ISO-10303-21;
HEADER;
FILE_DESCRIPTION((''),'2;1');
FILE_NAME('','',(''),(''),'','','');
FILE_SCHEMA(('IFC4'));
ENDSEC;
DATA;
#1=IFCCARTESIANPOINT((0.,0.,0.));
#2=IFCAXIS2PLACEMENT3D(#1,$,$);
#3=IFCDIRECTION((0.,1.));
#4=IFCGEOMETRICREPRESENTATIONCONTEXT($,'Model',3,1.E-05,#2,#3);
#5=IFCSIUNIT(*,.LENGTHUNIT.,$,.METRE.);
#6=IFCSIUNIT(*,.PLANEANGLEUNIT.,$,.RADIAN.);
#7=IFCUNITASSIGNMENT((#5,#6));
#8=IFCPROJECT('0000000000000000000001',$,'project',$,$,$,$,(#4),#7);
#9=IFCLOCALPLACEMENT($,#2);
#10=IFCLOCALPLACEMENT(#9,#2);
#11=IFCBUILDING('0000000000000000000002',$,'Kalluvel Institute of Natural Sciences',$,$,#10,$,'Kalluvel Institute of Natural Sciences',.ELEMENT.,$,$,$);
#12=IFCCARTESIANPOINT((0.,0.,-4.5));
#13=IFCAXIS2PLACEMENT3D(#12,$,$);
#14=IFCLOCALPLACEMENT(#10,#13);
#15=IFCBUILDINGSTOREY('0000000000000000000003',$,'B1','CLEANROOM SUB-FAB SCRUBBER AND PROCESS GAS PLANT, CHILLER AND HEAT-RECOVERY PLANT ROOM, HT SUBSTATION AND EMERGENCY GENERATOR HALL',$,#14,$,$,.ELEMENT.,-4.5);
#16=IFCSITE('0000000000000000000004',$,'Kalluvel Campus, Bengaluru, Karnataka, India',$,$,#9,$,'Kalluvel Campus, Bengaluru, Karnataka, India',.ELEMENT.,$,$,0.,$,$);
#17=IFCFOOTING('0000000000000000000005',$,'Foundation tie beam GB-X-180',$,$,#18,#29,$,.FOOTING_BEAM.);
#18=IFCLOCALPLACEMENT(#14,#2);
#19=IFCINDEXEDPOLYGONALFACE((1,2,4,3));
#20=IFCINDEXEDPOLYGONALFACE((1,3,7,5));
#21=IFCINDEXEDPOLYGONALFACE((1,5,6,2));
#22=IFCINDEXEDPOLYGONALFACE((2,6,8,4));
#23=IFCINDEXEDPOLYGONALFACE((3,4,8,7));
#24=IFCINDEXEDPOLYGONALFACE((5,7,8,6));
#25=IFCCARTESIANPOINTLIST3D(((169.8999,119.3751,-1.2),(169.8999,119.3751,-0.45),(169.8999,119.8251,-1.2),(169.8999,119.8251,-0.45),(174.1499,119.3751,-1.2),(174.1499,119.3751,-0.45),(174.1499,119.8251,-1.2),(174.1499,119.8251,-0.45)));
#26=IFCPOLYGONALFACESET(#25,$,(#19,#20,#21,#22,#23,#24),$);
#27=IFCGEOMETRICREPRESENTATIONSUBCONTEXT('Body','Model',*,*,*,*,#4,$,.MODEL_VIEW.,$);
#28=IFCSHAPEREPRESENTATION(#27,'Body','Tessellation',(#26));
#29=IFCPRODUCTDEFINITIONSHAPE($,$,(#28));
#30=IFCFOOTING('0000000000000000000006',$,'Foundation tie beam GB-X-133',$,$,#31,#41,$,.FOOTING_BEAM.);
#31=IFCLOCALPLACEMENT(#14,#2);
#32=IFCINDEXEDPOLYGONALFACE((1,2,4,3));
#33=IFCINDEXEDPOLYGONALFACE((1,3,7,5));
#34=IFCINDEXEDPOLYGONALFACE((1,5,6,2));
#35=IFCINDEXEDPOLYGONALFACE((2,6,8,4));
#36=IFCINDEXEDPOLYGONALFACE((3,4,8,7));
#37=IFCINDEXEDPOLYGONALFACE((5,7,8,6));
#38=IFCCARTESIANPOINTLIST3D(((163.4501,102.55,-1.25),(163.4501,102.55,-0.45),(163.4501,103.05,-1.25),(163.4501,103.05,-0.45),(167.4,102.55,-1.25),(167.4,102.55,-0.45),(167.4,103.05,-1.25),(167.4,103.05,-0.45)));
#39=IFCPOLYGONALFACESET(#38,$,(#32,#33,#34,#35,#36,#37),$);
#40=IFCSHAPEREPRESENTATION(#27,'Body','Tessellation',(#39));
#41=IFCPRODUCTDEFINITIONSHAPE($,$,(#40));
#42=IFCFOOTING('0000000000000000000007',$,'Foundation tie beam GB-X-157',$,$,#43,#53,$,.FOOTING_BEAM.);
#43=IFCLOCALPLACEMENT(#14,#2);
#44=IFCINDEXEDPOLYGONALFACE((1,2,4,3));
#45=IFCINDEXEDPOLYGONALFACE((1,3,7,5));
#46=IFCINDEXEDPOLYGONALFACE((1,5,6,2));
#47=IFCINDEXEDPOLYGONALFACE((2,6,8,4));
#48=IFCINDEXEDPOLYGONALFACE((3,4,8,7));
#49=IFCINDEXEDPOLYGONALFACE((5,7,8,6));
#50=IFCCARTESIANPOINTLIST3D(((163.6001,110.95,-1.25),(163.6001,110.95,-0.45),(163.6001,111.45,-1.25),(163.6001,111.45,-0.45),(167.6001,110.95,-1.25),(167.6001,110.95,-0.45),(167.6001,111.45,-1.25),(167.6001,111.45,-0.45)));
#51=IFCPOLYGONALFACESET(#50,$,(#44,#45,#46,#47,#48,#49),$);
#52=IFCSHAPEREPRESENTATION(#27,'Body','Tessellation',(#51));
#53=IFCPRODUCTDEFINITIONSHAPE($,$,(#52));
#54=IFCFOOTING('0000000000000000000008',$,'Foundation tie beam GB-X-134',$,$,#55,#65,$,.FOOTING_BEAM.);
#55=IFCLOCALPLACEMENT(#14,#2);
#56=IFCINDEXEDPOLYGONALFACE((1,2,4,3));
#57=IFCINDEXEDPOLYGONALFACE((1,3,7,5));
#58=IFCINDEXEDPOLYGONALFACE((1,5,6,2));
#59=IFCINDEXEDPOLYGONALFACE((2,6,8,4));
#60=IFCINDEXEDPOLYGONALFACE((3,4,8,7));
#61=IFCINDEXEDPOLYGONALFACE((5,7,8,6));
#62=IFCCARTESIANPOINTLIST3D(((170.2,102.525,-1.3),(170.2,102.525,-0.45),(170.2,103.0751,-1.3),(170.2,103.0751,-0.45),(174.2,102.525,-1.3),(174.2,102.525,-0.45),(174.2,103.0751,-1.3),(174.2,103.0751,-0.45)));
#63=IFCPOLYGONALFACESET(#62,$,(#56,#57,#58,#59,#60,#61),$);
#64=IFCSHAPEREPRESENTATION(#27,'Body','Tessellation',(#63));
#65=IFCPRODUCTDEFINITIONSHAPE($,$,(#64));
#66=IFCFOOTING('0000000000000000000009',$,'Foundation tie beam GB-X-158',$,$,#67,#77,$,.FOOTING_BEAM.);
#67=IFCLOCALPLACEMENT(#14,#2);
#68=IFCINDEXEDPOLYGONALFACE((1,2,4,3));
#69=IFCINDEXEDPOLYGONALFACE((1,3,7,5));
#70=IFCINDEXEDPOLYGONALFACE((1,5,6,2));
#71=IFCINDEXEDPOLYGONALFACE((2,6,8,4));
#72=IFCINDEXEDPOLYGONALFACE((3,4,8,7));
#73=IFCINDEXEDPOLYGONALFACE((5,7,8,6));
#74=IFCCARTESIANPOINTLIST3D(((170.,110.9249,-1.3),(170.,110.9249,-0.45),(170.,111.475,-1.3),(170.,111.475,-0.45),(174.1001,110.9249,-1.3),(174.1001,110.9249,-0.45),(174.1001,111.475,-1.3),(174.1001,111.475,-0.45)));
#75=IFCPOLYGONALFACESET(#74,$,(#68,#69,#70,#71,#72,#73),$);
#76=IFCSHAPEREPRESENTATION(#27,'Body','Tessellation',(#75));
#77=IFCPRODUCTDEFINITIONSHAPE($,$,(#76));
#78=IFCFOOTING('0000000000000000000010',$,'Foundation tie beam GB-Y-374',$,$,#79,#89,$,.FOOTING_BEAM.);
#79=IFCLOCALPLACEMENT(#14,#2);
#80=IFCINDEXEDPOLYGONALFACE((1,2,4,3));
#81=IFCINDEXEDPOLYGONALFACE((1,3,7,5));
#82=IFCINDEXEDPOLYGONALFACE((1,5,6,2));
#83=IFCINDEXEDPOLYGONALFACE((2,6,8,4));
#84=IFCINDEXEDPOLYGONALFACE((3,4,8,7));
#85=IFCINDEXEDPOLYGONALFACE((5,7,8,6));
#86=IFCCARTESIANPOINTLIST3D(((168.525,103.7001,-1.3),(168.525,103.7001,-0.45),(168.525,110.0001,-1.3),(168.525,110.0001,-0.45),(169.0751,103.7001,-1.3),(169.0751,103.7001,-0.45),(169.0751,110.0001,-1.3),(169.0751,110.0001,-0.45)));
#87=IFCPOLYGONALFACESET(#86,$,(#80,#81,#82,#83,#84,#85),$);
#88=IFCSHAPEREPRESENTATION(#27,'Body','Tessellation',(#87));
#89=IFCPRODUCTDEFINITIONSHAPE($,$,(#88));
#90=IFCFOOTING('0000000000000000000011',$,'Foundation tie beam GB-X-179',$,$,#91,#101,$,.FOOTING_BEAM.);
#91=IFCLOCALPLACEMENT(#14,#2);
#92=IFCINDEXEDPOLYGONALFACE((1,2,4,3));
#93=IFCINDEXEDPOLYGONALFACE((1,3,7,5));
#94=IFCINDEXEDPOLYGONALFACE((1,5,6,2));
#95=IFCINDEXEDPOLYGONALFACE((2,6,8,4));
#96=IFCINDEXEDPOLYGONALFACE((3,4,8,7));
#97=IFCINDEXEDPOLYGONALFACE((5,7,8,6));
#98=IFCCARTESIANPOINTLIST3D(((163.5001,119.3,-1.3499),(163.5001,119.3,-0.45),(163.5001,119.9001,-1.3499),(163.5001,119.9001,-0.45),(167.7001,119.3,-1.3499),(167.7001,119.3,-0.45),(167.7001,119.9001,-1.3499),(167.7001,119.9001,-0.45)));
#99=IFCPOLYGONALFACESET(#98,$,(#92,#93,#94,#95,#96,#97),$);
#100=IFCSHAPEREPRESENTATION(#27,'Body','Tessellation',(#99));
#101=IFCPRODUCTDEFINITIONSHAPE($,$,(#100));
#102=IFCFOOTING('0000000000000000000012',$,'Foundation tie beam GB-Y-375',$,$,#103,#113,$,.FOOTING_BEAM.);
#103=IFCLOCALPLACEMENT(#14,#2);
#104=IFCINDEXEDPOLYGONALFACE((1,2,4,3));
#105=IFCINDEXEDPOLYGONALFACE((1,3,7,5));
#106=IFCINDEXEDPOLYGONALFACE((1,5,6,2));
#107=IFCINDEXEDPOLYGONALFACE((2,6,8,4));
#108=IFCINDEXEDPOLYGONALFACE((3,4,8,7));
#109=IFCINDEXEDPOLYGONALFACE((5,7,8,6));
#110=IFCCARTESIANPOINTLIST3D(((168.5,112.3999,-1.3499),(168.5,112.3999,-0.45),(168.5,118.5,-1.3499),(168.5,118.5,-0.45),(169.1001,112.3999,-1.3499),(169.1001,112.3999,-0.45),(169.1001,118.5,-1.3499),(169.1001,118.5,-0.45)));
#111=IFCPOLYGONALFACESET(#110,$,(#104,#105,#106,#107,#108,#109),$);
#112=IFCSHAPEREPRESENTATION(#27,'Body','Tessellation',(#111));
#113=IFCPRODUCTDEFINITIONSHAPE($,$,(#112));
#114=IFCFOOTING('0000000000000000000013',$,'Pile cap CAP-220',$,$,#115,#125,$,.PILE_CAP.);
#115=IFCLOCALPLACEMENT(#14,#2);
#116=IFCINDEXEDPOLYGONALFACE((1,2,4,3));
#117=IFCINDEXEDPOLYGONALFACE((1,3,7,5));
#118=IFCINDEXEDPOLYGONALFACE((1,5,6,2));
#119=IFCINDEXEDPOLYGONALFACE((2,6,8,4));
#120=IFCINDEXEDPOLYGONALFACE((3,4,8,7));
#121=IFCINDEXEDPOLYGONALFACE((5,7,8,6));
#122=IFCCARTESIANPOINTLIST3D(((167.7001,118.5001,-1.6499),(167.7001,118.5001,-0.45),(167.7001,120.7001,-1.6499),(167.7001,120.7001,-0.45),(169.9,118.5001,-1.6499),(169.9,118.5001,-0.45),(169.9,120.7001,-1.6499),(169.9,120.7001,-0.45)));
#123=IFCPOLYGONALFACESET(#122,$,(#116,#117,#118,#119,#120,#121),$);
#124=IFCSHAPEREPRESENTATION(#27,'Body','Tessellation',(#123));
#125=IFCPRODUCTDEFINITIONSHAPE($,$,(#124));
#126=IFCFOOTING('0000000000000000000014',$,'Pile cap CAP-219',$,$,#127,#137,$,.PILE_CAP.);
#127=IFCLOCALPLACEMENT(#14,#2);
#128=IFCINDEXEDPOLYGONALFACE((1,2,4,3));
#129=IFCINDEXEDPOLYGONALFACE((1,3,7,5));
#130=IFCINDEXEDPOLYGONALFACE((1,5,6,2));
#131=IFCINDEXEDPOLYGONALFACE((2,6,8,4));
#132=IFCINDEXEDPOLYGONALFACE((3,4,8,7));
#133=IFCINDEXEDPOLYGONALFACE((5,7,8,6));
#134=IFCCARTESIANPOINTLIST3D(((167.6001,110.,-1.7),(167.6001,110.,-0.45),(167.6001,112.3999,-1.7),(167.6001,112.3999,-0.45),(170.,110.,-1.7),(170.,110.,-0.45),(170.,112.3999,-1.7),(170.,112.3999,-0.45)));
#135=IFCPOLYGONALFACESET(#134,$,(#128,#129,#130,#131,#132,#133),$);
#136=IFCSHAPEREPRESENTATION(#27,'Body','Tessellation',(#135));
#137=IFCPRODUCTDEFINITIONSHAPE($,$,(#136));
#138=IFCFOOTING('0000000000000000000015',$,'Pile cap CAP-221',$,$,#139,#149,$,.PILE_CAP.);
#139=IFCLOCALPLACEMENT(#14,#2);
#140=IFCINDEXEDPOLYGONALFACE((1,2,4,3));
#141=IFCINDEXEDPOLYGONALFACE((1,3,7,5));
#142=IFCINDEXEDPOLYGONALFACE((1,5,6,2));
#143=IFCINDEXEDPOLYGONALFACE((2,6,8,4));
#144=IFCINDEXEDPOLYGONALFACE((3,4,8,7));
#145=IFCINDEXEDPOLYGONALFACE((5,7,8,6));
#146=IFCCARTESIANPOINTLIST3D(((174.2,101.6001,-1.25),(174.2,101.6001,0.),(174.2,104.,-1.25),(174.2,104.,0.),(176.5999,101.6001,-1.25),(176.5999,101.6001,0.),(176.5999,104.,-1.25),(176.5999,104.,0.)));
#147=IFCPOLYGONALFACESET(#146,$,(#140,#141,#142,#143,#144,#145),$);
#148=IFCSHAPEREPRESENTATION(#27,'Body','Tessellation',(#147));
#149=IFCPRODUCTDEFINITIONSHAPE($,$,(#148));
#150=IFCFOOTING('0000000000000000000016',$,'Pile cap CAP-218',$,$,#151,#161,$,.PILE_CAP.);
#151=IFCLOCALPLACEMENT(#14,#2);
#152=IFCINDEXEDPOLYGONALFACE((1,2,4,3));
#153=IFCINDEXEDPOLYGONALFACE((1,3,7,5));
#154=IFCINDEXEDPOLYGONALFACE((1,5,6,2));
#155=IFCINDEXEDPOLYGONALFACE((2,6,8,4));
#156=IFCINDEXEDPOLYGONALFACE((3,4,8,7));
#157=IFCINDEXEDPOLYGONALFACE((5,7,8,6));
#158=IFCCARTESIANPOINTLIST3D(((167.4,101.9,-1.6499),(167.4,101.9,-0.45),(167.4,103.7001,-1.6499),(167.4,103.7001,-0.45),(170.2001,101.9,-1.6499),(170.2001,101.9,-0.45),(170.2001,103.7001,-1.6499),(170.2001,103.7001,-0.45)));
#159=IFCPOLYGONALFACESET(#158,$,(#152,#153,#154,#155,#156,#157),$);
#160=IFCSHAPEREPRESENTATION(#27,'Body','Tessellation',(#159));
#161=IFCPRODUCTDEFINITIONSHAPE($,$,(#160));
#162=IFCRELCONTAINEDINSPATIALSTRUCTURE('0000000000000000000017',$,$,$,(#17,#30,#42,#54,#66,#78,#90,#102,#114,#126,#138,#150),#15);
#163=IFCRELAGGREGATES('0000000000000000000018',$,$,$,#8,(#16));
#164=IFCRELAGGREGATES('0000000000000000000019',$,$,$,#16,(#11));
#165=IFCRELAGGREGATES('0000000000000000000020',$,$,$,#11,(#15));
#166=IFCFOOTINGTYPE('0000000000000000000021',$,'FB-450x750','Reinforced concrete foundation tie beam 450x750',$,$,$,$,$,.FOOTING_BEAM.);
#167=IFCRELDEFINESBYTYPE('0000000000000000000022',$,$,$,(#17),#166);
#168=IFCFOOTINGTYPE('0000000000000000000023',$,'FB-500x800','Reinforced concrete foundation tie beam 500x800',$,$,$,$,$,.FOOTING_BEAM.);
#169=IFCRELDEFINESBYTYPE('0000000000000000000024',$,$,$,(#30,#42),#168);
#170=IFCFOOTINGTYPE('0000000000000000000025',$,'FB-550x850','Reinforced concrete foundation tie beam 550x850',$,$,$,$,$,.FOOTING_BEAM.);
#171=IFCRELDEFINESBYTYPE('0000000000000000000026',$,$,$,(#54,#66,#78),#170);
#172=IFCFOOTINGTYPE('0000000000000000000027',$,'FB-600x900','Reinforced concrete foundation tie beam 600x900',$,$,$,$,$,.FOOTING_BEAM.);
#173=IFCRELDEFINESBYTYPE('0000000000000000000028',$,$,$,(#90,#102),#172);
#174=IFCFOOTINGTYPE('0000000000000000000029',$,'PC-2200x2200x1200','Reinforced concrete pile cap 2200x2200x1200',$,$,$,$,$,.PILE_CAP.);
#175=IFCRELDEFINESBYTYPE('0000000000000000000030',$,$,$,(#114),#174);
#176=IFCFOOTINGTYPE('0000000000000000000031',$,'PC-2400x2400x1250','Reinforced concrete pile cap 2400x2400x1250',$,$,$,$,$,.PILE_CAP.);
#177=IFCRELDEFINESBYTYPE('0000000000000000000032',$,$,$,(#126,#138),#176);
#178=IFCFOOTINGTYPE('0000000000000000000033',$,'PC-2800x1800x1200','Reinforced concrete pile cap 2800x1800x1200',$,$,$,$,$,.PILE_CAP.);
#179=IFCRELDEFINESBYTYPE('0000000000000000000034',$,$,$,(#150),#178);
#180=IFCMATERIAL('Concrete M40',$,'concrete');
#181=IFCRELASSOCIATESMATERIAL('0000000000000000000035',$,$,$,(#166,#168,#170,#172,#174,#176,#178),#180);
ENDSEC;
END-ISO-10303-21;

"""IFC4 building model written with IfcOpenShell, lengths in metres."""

from ifc_helpers import new_model, si_unit, direction, frame, origin, origin_2d, place, context, subcontext, project, spatial, rectangle, extrude, material, type_object, element, save


model = new_model("IFC4")

# Units and contexts
model_context = context("Model", 3, precision=1e-05, world=origin(), true_north=direction((0.0, 1.0)))
body_context = subcontext(model_context, "Body", "Model", "MODEL_VIEW")
ifc_project = project(units=[si_unit("LENGTHUNIT", "METRE"), si_unit("PLANEANGLEUNIT", "RADIAN")], contexts=[model_context])

# Site, building, storey
site_placement = place(None, origin())
site = spatial("IfcSite", under=ifc_project, at=site_placement, Name="Kalluvel Campus, Bengaluru, Karnataka, India", LongName="Kalluvel Campus, Bengaluru, Karnataka, India", CompositionType="ELEMENT", RefElevation=0.0)
building_placement = place(site_placement, origin())
building = spatial("IfcBuilding", under=site, at=building_placement, Name="Kalluvel Institute of Natural Sciences", LongName="Kalluvel Institute of Natural Sciences", CompositionType="ELEMENT")
storey_placement = place(building_placement, frame((0.0, 0.0, -4.5)))
storey = spatial("IfcBuildingStorey", under=building, at=storey_placement, Name="B1", Description="CLEANROOM SUB-FAB SCRUBBER AND PROCESS GAS PLANT, CHILLER AND HEAT-RECOVERY PLANT ROOM, HT SUBSTATION AND EMERGENCY GENERATOR HALL", CompositionType="ELEMENT", Elevation=-4.5)

# Footings
ifc_material_1 = material(Name="Concrete M40", Category="concrete")
footing_type_1 = type_object("IfcFootingType", Name="FB-450x750", Description="Reinforced concrete foundation tie beam 450x750", PredefinedType="FOOTING_BEAM", material=ifc_material_1)
footing_1_placement = place(storey_placement, frame((172.0249, 119.6001, -1.2), z_axis=(0.0, 0.0, 1.0), x_axis=(1.0, 0.0, 0.0)))
element("IfcFooting", 1, at=footing_1_placement, inside=storey, type_object=footing_type_1, Name="Foundation tie beam GB-X-180", PredefinedType="FOOTING_BEAM", context=body_context, shape_type="SweptSolid", body=[
    extrude(rectangle(XDim=4.25, YDim=0.45, at=origin_2d()), origin(), (0.0, 0.0, 1.0), 0.75),
])
footing_type_2 = type_object("IfcFootingType", Name="FB-500x800", Description="Reinforced concrete foundation tie beam 500x800", PredefinedType="FOOTING_BEAM", material=ifc_material_1)
footing_2_placement = place(storey_placement, frame((165.425, 102.8, -1.25), z_axis=(0.0, 0.0, 1.0), x_axis=(1.0, 0.0, 0.0)))
element("IfcFooting", 2, at=footing_2_placement, inside=storey, type_object=footing_type_2, Name="Foundation tie beam GB-X-133", PredefinedType="FOOTING_BEAM", context=body_context, shape_type="SweptSolid", body=[
    extrude(rectangle(XDim=3.95, YDim=0.5, at=origin_2d()), origin(), (0.0, 0.0, 1.0), 0.8),
])
footing_3_placement = place(storey_placement, frame((165.6001, 111.2, -1.25), z_axis=(0.0, 0.0, 1.0), x_axis=(1.0, 0.0, 0.0)))
element("IfcFooting", 3, at=footing_3_placement, inside=storey, type_object=footing_type_2, Name="Foundation tie beam GB-X-157", PredefinedType="FOOTING_BEAM", context=body_context, shape_type="SweptSolid", body=[
    extrude(rectangle(XDim=4.0, YDim=0.5, at=origin_2d()), origin(), (0.0, 0.0, 1.0), 0.8),
])
footing_type_3 = type_object("IfcFootingType", Name="FB-550x850", Description="Reinforced concrete foundation tie beam 550x850", PredefinedType="FOOTING_BEAM", material=ifc_material_1)
footing_4_placement = place(storey_placement, frame((172.2, 102.8, -1.3), z_axis=(0.0, 0.0, 1.0), x_axis=(1.0, 0.0, 0.0)))
element("IfcFooting", 4, at=footing_4_placement, inside=storey, type_object=footing_type_3, Name="Foundation tie beam GB-X-134", PredefinedType="FOOTING_BEAM", context=body_context, shape_type="SweptSolid", body=[
    extrude(rectangle(XDim=4.0, YDim=0.55, at=origin_2d()), origin(), (0.0, 0.0, 1.0), 0.8501),
])
footing_5_placement = place(storey_placement, frame((172.05, 111.2, -1.3), z_axis=(0.0, 0.0, 1.0), x_axis=(1.0, 0.0, 0.0)))
element("IfcFooting", 5, at=footing_5_placement, inside=storey, type_object=footing_type_3, Name="Foundation tie beam GB-X-158", PredefinedType="FOOTING_BEAM", context=body_context, shape_type="SweptSolid", body=[
    extrude(rectangle(XDim=4.1001, YDim=0.55, at=origin_2d()), origin(), (0.0, 0.0, 1.0), 0.8501),
])
footing_6_placement = place(storey_placement, frame((168.8, 106.8501, -1.3), z_axis=(0.0, 0.0, 1.0), x_axis=(1.0, 0.0, 0.0)))
element("IfcFooting", 6, at=footing_6_placement, inside=storey, type_object=footing_type_3, Name="Foundation tie beam GB-Y-374", PredefinedType="FOOTING_BEAM", context=body_context, shape_type="SweptSolid", body=[
    extrude(rectangle(XDim=0.55, YDim=6.3, at=origin_2d()), origin(), (0.0, 0.0, 1.0), 0.8501),
])
footing_type_4 = type_object("IfcFootingType", Name="FB-600x900", Description="Reinforced concrete foundation tie beam 600x900", PredefinedType="FOOTING_BEAM", material=ifc_material_1)
footing_7_placement = place(storey_placement, frame((165.6001, 119.6001, -1.3499), z_axis=(0.0, 0.0, 1.0), x_axis=(1.0, 0.0, 0.0)))
element("IfcFooting", 7, at=footing_7_placement, inside=storey, type_object=footing_type_4, Name="Foundation tie beam GB-X-179", PredefinedType="FOOTING_BEAM", context=body_context, shape_type="SweptSolid", body=[
    extrude(rectangle(XDim=4.2, YDim=0.6001, at=origin_2d()), origin(), (0.0, 0.0, 1.0), 0.8999),
])
footing_8_placement = place(storey_placement, frame((168.8, 115.45, -1.3499), z_axis=(0.0, 0.0, 1.0), x_axis=(1.0, 0.0, 0.0)))
element("IfcFooting", 8, at=footing_8_placement, inside=storey, type_object=footing_type_4, Name="Foundation tie beam GB-Y-375", PredefinedType="FOOTING_BEAM", context=body_context, shape_type="SweptSolid", body=[
    extrude(rectangle(XDim=0.6001, YDim=6.1001, at=origin_2d()), origin(), (0.0, 0.0, 1.0), 0.8999),
])
footing_type_5 = type_object("IfcFootingType", Name="PC-2200x2200x1200", Description="Reinforced concrete pile cap 2200x2200x1200", PredefinedType="PILE_CAP", material=ifc_material_1)
footing_9_placement = place(storey_placement, frame((168.8, 119.6001, -1.6499), z_axis=(0.0, 0.0, 1.0), x_axis=(1.0, 0.0, 0.0)))
element("IfcFooting", 9, at=footing_9_placement, inside=storey, type_object=footing_type_5, Name="Pile cap CAP-220", PredefinedType="PILE_CAP", context=body_context, shape_type="SweptSolid", body=[
    extrude(rectangle(XDim=2.2, YDim=2.2, at=origin_2d()), origin(), (0.0, 0.0, 1.0), 1.2),
])
footing_type_6 = type_object("IfcFootingType", Name="PC-2400x2400x1250", Description="Reinforced concrete pile cap 2400x2400x1250", PredefinedType="PILE_CAP", material=ifc_material_1)
for number, where, z_axis, x_axis, name in (
    (10, (168.8, 111.2, -1.7), (0.0, 0.0, 1.0), (1.0, 0.0, 0.0), "Pile cap CAP-219"),
    (11, (175.3999, 102.8, -1.25), (0.0, 0.0, 1.0), (1.0, 0.0, 0.0), "Pile cap CAP-221"),
):
    element("IfcFooting", number, at=place(storey_placement, frame(where, z_axis=z_axis, x_axis=x_axis)), inside=storey, type_object=footing_type_6, Name=name, PredefinedType="PILE_CAP", context=body_context, shape_type="SweptSolid", body=[
        extrude(rectangle(XDim=2.3999, YDim=2.3999, at=origin_2d()), origin(), (0.0, 0.0, 1.0), 1.25),
    ])
footing_type_7 = type_object("IfcFootingType", Name="PC-2800x1800x1200", Description="Reinforced concrete pile cap 2800x1800x1200", PredefinedType="PILE_CAP", material=ifc_material_1)
footing_10_placement = place(storey_placement, frame((168.8, 102.8, -1.6499), z_axis=(0.0, 0.0, 1.0), x_axis=(1.0, 0.0, 0.0)))
element("IfcFooting", 12, at=footing_10_placement, inside=storey, type_object=footing_type_7, Name="Pile cap CAP-218", PredefinedType="PILE_CAP", context=body_context, shape_type="SweptSolid", body=[
    extrude(rectangle(XDim=2.8, YDim=1.8, at=origin_2d()), origin(), (0.0, 0.0, 1.0), 1.2),
])

save(model, "model.ifc")
